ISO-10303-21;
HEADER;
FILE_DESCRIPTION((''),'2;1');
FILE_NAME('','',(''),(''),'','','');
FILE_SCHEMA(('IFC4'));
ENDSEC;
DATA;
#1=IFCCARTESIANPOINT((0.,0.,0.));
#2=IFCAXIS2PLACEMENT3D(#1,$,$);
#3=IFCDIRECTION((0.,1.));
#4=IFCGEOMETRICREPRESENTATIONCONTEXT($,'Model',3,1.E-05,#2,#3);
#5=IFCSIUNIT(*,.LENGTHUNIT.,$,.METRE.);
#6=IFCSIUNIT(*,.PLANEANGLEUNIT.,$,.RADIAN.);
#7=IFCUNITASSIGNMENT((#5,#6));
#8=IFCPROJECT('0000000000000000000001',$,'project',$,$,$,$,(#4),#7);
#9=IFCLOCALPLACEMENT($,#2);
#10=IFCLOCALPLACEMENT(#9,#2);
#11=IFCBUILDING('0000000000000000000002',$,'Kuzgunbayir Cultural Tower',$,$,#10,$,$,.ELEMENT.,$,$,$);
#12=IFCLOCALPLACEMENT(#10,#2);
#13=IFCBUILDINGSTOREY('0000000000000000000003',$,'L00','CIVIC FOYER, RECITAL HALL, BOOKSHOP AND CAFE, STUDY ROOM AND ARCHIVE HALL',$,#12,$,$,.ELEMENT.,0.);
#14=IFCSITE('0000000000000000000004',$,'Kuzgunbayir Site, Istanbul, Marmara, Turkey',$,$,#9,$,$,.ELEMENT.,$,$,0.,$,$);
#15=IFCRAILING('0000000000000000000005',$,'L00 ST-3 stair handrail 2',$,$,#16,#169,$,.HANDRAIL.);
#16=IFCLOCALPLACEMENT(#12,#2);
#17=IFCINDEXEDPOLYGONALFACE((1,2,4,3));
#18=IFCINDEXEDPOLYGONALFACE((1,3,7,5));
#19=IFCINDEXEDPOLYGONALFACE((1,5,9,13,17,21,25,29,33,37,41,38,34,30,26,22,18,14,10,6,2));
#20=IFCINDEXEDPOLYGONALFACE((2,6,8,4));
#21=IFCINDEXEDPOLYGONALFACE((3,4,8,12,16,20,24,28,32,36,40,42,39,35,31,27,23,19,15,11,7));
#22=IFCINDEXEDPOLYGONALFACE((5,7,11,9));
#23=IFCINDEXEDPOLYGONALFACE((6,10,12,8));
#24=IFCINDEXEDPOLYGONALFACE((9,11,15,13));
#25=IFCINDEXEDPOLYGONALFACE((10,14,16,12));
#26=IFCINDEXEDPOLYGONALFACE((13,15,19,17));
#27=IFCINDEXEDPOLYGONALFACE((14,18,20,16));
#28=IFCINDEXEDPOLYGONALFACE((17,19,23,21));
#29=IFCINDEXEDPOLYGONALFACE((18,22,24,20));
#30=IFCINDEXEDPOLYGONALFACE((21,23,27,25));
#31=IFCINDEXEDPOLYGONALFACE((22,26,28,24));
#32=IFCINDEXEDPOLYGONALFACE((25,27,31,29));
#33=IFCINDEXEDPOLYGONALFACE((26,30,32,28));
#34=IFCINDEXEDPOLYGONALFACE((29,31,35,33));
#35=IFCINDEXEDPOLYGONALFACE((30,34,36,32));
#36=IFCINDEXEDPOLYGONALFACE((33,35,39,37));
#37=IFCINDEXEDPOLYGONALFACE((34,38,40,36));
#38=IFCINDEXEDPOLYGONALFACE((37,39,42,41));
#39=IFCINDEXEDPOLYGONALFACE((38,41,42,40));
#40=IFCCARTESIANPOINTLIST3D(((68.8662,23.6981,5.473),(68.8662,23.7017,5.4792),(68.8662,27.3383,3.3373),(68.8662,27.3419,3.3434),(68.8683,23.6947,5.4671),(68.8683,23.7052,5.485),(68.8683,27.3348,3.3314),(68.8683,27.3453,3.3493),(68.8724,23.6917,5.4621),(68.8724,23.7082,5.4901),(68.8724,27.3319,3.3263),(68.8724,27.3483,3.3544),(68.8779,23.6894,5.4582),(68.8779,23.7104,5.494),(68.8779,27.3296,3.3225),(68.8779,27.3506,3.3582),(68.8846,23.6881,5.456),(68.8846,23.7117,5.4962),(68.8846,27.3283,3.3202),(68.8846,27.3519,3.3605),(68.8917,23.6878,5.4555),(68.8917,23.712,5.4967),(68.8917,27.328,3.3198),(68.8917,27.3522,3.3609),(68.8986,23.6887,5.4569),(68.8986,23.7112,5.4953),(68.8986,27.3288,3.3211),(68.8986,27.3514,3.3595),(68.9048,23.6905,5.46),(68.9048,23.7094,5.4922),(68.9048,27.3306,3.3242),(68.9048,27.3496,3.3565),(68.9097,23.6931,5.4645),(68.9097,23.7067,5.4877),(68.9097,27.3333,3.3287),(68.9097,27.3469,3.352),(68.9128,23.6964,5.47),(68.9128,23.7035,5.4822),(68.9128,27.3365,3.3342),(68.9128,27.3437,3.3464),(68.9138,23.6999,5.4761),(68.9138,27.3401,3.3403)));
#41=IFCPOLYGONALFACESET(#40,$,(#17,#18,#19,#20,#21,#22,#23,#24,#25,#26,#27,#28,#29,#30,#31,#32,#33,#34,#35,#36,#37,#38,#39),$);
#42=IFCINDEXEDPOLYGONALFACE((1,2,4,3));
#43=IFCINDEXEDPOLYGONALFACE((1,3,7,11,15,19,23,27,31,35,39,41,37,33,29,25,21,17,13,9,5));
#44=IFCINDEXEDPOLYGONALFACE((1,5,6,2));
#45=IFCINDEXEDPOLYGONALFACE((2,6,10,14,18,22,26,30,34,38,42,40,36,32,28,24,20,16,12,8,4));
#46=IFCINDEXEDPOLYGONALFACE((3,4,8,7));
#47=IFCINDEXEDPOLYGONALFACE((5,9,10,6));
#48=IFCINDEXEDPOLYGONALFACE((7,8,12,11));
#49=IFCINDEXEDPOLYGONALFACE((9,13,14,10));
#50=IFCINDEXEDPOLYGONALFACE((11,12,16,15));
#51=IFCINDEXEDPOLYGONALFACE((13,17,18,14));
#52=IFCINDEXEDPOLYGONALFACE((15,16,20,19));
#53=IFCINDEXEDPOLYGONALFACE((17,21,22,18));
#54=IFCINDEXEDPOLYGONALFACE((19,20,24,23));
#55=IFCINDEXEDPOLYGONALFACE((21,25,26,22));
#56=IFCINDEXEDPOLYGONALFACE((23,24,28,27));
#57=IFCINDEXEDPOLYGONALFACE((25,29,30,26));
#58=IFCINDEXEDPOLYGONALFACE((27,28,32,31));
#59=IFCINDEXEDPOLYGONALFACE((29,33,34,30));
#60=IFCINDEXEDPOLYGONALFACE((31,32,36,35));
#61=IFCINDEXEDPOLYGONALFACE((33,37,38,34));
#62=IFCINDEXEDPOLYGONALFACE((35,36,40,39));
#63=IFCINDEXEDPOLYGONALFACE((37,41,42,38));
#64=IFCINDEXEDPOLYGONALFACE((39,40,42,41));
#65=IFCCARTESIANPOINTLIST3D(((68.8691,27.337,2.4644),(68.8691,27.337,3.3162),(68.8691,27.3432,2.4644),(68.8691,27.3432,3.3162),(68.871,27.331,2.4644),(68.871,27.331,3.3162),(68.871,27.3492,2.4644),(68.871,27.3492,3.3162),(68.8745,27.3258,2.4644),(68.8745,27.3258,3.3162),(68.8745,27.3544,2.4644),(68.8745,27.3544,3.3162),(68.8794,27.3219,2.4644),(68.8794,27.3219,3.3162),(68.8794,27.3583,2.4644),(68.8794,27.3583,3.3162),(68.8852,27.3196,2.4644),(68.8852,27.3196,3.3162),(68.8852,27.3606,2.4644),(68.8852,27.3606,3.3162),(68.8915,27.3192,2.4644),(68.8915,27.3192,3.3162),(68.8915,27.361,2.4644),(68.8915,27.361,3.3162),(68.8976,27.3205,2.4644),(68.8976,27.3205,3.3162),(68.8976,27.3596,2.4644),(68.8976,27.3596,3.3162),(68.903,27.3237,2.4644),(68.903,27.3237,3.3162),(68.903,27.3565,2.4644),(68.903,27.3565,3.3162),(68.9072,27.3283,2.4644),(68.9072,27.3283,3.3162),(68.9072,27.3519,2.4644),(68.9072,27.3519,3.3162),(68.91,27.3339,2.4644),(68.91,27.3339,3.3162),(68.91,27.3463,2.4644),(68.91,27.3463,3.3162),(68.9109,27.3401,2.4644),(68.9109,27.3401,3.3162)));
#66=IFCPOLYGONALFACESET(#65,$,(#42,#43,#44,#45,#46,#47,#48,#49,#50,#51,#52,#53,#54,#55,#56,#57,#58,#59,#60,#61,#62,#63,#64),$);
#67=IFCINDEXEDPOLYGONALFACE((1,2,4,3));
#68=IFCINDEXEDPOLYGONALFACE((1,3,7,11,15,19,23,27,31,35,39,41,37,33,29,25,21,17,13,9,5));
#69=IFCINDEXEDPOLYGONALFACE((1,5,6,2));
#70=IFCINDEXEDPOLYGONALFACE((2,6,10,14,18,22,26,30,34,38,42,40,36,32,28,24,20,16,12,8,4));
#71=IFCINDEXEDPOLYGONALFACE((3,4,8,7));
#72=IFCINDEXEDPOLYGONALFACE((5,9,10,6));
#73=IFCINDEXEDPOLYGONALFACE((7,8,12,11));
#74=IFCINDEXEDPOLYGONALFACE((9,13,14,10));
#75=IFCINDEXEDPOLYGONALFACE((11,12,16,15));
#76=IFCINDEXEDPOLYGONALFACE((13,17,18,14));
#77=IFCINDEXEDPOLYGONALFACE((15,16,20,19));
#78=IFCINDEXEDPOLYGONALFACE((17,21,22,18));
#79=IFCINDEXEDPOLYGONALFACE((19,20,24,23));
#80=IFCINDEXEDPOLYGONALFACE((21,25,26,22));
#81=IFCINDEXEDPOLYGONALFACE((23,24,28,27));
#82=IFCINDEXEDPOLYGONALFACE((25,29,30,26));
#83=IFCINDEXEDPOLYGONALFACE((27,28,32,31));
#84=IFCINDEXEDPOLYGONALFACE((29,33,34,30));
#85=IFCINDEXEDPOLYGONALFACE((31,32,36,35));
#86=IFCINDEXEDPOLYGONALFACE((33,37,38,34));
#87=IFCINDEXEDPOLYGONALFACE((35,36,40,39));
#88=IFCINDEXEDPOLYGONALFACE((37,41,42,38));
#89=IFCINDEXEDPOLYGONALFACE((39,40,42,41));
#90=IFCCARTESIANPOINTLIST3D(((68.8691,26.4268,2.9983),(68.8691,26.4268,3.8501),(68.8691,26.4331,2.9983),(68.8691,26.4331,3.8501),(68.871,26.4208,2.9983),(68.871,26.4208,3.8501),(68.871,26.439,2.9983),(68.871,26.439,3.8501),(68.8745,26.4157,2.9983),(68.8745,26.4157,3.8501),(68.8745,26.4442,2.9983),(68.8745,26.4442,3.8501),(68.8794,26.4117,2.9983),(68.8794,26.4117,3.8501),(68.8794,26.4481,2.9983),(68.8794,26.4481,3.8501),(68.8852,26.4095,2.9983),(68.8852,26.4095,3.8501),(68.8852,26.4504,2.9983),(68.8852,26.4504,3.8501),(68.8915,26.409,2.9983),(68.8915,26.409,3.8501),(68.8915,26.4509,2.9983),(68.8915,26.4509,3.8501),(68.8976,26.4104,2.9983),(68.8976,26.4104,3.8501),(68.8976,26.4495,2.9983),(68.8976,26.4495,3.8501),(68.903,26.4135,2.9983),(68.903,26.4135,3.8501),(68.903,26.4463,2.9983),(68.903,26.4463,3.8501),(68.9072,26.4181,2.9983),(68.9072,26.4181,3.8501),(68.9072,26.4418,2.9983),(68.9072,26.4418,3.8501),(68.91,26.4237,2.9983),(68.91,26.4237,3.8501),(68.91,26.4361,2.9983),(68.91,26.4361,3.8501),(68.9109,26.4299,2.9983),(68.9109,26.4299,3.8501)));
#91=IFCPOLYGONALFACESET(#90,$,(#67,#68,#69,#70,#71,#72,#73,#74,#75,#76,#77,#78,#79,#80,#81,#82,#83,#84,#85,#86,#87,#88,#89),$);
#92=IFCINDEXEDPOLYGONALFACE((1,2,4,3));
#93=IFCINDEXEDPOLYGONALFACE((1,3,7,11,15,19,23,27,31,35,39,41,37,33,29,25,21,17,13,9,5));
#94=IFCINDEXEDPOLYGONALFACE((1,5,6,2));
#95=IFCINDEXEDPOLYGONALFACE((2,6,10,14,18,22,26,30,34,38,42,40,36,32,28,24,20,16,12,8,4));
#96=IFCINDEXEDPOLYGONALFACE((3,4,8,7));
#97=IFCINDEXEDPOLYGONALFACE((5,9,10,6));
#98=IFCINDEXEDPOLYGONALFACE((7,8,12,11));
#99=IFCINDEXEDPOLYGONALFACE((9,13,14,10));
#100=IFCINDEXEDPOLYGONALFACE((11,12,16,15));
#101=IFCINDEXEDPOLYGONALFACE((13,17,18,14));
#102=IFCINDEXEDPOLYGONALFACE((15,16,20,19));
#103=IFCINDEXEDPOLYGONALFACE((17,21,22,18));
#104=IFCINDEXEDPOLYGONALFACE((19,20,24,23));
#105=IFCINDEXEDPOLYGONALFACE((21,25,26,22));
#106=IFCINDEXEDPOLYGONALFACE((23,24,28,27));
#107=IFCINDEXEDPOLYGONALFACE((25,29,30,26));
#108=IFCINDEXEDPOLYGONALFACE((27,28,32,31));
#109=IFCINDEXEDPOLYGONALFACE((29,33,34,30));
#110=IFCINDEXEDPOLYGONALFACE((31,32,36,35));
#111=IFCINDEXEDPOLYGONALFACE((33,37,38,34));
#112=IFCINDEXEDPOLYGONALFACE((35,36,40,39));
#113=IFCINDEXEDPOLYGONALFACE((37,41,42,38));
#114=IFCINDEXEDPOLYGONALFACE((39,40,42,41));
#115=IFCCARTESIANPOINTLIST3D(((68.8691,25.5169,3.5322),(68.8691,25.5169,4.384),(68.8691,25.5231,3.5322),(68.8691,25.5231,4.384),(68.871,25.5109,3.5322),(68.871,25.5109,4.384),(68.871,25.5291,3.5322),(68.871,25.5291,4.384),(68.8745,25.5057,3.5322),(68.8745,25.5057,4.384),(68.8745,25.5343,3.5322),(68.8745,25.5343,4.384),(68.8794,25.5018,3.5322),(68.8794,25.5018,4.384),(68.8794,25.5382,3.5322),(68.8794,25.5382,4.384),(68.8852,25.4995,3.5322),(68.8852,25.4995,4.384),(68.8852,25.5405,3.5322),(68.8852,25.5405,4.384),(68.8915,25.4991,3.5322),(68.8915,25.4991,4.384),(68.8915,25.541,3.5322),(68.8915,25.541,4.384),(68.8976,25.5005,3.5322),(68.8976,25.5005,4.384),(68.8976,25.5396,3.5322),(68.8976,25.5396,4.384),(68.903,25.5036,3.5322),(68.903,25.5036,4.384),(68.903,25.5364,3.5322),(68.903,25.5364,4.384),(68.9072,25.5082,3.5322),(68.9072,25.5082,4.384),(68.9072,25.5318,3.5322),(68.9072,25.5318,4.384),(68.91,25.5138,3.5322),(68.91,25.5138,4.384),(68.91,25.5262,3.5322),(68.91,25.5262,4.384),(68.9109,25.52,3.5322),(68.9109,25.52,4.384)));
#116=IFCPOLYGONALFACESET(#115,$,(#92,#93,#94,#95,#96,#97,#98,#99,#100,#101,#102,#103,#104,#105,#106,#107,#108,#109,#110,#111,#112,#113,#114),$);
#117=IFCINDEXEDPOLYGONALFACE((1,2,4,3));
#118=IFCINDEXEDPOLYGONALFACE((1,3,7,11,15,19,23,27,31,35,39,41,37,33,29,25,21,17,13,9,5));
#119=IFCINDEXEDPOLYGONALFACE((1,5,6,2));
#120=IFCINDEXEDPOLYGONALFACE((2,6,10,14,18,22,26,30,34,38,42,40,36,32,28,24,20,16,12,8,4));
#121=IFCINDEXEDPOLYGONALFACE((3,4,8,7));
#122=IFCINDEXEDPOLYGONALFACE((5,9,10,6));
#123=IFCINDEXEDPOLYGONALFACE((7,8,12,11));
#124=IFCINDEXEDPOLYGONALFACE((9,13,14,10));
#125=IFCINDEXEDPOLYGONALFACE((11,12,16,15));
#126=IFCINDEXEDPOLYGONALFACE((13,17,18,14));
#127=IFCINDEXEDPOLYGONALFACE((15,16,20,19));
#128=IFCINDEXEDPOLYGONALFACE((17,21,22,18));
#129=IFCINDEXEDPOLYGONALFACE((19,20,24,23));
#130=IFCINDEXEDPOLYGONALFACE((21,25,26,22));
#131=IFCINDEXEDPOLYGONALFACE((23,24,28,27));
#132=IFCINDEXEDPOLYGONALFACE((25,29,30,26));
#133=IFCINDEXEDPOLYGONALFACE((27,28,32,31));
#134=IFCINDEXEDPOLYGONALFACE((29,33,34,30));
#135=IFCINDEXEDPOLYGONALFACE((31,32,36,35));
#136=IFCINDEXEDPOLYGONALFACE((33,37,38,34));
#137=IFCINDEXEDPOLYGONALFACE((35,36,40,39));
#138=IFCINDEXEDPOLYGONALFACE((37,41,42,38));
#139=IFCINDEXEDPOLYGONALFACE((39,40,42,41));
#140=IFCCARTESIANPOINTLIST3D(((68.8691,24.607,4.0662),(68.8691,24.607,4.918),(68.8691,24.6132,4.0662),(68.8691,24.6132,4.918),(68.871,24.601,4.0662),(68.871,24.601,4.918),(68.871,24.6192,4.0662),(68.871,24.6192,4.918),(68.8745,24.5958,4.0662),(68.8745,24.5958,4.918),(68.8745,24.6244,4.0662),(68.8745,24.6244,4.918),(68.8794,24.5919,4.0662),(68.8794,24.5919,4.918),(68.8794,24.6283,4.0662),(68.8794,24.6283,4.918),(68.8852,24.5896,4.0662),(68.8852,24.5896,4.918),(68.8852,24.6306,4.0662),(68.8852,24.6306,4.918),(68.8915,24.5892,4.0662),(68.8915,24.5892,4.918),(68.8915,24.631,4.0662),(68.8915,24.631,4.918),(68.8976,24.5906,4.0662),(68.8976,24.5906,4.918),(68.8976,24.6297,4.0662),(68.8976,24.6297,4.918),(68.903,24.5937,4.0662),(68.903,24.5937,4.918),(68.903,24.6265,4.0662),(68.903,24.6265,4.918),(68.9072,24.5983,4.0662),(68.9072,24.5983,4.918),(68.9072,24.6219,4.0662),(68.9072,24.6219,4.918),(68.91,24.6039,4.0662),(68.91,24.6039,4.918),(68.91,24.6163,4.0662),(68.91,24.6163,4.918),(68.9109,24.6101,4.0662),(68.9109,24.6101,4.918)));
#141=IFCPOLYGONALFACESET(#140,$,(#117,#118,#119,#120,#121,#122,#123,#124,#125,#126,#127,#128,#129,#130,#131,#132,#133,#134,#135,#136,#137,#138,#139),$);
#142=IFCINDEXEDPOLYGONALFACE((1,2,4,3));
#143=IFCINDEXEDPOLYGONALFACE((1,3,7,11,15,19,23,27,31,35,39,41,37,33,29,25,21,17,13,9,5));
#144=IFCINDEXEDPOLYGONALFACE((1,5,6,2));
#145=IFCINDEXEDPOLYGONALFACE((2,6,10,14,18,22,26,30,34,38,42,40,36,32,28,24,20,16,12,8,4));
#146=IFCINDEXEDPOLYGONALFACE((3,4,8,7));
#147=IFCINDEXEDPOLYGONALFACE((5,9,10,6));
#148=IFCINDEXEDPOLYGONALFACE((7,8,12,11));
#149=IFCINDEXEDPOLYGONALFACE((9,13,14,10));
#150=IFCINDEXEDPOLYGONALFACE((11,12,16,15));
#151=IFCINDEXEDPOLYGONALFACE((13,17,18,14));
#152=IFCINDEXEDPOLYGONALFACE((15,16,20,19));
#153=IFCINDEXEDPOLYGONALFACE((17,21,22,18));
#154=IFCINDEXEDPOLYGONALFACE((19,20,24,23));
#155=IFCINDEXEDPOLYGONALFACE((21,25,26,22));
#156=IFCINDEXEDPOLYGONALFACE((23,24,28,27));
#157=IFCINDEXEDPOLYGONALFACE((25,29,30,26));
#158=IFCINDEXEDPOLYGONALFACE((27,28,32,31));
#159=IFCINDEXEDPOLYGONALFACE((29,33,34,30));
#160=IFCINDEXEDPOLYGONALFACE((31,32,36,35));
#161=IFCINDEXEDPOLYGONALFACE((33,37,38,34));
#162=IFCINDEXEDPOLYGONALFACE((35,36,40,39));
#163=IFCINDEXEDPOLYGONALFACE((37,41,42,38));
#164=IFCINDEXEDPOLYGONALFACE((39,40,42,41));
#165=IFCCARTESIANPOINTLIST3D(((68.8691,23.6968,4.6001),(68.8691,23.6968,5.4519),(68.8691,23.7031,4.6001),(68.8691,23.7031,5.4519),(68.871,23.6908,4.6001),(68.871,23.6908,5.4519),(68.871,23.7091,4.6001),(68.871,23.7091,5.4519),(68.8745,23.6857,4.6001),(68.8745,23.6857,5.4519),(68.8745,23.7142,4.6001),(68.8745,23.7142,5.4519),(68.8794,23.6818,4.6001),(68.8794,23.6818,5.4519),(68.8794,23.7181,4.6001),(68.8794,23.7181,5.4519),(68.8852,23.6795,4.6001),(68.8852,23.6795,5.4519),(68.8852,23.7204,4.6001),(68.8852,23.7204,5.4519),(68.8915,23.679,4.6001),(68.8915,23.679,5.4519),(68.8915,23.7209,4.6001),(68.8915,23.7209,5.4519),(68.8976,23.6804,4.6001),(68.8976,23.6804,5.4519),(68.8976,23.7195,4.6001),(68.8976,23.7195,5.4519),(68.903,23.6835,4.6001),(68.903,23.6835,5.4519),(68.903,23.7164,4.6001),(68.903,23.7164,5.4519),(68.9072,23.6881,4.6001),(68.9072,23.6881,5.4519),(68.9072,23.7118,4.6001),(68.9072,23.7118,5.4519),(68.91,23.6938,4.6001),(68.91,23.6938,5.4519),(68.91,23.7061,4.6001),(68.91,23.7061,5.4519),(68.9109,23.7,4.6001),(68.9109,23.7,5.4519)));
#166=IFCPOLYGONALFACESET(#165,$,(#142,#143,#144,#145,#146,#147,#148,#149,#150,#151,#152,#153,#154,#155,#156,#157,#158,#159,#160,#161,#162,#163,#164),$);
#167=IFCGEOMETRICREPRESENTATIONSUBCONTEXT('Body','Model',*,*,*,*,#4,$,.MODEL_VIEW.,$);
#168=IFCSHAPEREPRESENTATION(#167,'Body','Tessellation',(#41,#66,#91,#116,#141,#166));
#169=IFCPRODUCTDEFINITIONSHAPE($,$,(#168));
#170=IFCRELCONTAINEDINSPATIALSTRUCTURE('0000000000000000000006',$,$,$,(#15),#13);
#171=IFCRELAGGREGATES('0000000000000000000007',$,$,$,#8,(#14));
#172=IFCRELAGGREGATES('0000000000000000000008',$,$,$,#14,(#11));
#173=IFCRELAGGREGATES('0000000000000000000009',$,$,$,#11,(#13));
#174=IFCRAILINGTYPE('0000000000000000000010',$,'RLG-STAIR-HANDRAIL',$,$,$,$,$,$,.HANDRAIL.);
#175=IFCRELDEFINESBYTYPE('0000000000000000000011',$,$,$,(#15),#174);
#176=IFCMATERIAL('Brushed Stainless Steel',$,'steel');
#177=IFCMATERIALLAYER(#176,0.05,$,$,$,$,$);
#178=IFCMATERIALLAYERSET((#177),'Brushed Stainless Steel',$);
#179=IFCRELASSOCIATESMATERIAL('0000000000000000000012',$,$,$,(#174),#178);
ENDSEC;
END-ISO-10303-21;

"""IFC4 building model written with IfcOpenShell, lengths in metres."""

from ifc_helpers import new_model, si_unit, direction, frame, origin, origin_2d, place, context, subcontext, project, spatial, circle, extrude, material, layer, layer_set, type_object, element, save


model = new_model("IFC4")

# Units and contexts
model_context = context("Model", 3, precision=1e-05, world=origin(), true_north=direction((0.0, 1.0)))
body_context = subcontext(model_context, "Body", "Model", "MODEL_VIEW")
ifc_project = project(units=[si_unit("LENGTHUNIT", "METRE"), si_unit("PLANEANGLEUNIT", "RADIAN")], contexts=[model_context])

# Site, building, storey
site_placement = place(None, origin())
site = spatial("IfcSite", under=ifc_project, at=site_placement, Name="Kuzgunbayir Site, Istanbul, Marmara, Turkey", CompositionType="ELEMENT", RefElevation=0.0)
building_placement = place(site_placement, origin())
building = spatial("IfcBuilding", under=site, at=building_placement, Name="Kuzgunbayir Cultural Tower", CompositionType="ELEMENT")
storey_placement = place(building_placement, origin())
storey = spatial("IfcBuildingStorey", under=building, at=storey_placement, Name="L00", Description="CIVIC FOYER, RECITAL HALL, BOOKSHOP AND CAFE, STUDY ROOM AND ARCHIVE HALL", CompositionType="ELEMENT", Elevation=0.0)

# Railing
ifc_material_1 = material(Name="Brushed Stainless Steel", Category="steel")
ifc_layer_1 = layer(ifc_material_1, 0.05)
ifc_layer_set_1 = layer_set([ifc_layer_1], Name="Brushed Stainless Steel")
railing_type_1 = type_object("IfcRailingType", Name="RLG-STAIR-HANDRAIL", PredefinedType="HANDRAIL", material=ifc_layer_set_1)
railing_1_placement = place(storey_placement, frame((68.8899, 27.3401, 2.4644)))
element("IfcRailing", 1, at=railing_1_placement, inside=storey, type_object=railing_type_1, Name="L00 ST-3 stair handrail 2", PredefinedType="HANDRAIL", context=body_context, shape_type="SweptSolid", body=[
    extrude(circle(Radius=0.0239, at=origin_2d()), frame((0.0, 0.0, 0.876), z_axis=(0.0, -0.862505, 0.506049), x_axis=(1.0, 0.0, 0.0)), (0.0, 0.0, 1.0), 4.2205),
    extrude(circle(Radius=0.021, at=origin_2d()), origin(), (0.0, 0.0, 1.0), 0.8518),
    extrude(circle(Radius=0.021, at=origin_2d()), frame((0.0, -0.9102, 0.5339)), (0.0, 0.0, 1.0), 0.8518),
    extrude(circle(Radius=0.021, at=origin_2d()), frame((0.0, -1.8201, 1.0679)), (0.0, 0.0, 1.0), 0.8518),
    extrude(circle(Radius=0.021, at=origin_2d()), frame((0.0, -2.73, 1.6018)), (0.0, 0.0, 1.0), 0.8518),
    extrude(circle(Radius=0.021, at=origin_2d()), frame((0.0, -3.6401, 2.1357)), (0.0, 0.0, 1.0), 0.8518),
])

save(model, "model.ifc")
